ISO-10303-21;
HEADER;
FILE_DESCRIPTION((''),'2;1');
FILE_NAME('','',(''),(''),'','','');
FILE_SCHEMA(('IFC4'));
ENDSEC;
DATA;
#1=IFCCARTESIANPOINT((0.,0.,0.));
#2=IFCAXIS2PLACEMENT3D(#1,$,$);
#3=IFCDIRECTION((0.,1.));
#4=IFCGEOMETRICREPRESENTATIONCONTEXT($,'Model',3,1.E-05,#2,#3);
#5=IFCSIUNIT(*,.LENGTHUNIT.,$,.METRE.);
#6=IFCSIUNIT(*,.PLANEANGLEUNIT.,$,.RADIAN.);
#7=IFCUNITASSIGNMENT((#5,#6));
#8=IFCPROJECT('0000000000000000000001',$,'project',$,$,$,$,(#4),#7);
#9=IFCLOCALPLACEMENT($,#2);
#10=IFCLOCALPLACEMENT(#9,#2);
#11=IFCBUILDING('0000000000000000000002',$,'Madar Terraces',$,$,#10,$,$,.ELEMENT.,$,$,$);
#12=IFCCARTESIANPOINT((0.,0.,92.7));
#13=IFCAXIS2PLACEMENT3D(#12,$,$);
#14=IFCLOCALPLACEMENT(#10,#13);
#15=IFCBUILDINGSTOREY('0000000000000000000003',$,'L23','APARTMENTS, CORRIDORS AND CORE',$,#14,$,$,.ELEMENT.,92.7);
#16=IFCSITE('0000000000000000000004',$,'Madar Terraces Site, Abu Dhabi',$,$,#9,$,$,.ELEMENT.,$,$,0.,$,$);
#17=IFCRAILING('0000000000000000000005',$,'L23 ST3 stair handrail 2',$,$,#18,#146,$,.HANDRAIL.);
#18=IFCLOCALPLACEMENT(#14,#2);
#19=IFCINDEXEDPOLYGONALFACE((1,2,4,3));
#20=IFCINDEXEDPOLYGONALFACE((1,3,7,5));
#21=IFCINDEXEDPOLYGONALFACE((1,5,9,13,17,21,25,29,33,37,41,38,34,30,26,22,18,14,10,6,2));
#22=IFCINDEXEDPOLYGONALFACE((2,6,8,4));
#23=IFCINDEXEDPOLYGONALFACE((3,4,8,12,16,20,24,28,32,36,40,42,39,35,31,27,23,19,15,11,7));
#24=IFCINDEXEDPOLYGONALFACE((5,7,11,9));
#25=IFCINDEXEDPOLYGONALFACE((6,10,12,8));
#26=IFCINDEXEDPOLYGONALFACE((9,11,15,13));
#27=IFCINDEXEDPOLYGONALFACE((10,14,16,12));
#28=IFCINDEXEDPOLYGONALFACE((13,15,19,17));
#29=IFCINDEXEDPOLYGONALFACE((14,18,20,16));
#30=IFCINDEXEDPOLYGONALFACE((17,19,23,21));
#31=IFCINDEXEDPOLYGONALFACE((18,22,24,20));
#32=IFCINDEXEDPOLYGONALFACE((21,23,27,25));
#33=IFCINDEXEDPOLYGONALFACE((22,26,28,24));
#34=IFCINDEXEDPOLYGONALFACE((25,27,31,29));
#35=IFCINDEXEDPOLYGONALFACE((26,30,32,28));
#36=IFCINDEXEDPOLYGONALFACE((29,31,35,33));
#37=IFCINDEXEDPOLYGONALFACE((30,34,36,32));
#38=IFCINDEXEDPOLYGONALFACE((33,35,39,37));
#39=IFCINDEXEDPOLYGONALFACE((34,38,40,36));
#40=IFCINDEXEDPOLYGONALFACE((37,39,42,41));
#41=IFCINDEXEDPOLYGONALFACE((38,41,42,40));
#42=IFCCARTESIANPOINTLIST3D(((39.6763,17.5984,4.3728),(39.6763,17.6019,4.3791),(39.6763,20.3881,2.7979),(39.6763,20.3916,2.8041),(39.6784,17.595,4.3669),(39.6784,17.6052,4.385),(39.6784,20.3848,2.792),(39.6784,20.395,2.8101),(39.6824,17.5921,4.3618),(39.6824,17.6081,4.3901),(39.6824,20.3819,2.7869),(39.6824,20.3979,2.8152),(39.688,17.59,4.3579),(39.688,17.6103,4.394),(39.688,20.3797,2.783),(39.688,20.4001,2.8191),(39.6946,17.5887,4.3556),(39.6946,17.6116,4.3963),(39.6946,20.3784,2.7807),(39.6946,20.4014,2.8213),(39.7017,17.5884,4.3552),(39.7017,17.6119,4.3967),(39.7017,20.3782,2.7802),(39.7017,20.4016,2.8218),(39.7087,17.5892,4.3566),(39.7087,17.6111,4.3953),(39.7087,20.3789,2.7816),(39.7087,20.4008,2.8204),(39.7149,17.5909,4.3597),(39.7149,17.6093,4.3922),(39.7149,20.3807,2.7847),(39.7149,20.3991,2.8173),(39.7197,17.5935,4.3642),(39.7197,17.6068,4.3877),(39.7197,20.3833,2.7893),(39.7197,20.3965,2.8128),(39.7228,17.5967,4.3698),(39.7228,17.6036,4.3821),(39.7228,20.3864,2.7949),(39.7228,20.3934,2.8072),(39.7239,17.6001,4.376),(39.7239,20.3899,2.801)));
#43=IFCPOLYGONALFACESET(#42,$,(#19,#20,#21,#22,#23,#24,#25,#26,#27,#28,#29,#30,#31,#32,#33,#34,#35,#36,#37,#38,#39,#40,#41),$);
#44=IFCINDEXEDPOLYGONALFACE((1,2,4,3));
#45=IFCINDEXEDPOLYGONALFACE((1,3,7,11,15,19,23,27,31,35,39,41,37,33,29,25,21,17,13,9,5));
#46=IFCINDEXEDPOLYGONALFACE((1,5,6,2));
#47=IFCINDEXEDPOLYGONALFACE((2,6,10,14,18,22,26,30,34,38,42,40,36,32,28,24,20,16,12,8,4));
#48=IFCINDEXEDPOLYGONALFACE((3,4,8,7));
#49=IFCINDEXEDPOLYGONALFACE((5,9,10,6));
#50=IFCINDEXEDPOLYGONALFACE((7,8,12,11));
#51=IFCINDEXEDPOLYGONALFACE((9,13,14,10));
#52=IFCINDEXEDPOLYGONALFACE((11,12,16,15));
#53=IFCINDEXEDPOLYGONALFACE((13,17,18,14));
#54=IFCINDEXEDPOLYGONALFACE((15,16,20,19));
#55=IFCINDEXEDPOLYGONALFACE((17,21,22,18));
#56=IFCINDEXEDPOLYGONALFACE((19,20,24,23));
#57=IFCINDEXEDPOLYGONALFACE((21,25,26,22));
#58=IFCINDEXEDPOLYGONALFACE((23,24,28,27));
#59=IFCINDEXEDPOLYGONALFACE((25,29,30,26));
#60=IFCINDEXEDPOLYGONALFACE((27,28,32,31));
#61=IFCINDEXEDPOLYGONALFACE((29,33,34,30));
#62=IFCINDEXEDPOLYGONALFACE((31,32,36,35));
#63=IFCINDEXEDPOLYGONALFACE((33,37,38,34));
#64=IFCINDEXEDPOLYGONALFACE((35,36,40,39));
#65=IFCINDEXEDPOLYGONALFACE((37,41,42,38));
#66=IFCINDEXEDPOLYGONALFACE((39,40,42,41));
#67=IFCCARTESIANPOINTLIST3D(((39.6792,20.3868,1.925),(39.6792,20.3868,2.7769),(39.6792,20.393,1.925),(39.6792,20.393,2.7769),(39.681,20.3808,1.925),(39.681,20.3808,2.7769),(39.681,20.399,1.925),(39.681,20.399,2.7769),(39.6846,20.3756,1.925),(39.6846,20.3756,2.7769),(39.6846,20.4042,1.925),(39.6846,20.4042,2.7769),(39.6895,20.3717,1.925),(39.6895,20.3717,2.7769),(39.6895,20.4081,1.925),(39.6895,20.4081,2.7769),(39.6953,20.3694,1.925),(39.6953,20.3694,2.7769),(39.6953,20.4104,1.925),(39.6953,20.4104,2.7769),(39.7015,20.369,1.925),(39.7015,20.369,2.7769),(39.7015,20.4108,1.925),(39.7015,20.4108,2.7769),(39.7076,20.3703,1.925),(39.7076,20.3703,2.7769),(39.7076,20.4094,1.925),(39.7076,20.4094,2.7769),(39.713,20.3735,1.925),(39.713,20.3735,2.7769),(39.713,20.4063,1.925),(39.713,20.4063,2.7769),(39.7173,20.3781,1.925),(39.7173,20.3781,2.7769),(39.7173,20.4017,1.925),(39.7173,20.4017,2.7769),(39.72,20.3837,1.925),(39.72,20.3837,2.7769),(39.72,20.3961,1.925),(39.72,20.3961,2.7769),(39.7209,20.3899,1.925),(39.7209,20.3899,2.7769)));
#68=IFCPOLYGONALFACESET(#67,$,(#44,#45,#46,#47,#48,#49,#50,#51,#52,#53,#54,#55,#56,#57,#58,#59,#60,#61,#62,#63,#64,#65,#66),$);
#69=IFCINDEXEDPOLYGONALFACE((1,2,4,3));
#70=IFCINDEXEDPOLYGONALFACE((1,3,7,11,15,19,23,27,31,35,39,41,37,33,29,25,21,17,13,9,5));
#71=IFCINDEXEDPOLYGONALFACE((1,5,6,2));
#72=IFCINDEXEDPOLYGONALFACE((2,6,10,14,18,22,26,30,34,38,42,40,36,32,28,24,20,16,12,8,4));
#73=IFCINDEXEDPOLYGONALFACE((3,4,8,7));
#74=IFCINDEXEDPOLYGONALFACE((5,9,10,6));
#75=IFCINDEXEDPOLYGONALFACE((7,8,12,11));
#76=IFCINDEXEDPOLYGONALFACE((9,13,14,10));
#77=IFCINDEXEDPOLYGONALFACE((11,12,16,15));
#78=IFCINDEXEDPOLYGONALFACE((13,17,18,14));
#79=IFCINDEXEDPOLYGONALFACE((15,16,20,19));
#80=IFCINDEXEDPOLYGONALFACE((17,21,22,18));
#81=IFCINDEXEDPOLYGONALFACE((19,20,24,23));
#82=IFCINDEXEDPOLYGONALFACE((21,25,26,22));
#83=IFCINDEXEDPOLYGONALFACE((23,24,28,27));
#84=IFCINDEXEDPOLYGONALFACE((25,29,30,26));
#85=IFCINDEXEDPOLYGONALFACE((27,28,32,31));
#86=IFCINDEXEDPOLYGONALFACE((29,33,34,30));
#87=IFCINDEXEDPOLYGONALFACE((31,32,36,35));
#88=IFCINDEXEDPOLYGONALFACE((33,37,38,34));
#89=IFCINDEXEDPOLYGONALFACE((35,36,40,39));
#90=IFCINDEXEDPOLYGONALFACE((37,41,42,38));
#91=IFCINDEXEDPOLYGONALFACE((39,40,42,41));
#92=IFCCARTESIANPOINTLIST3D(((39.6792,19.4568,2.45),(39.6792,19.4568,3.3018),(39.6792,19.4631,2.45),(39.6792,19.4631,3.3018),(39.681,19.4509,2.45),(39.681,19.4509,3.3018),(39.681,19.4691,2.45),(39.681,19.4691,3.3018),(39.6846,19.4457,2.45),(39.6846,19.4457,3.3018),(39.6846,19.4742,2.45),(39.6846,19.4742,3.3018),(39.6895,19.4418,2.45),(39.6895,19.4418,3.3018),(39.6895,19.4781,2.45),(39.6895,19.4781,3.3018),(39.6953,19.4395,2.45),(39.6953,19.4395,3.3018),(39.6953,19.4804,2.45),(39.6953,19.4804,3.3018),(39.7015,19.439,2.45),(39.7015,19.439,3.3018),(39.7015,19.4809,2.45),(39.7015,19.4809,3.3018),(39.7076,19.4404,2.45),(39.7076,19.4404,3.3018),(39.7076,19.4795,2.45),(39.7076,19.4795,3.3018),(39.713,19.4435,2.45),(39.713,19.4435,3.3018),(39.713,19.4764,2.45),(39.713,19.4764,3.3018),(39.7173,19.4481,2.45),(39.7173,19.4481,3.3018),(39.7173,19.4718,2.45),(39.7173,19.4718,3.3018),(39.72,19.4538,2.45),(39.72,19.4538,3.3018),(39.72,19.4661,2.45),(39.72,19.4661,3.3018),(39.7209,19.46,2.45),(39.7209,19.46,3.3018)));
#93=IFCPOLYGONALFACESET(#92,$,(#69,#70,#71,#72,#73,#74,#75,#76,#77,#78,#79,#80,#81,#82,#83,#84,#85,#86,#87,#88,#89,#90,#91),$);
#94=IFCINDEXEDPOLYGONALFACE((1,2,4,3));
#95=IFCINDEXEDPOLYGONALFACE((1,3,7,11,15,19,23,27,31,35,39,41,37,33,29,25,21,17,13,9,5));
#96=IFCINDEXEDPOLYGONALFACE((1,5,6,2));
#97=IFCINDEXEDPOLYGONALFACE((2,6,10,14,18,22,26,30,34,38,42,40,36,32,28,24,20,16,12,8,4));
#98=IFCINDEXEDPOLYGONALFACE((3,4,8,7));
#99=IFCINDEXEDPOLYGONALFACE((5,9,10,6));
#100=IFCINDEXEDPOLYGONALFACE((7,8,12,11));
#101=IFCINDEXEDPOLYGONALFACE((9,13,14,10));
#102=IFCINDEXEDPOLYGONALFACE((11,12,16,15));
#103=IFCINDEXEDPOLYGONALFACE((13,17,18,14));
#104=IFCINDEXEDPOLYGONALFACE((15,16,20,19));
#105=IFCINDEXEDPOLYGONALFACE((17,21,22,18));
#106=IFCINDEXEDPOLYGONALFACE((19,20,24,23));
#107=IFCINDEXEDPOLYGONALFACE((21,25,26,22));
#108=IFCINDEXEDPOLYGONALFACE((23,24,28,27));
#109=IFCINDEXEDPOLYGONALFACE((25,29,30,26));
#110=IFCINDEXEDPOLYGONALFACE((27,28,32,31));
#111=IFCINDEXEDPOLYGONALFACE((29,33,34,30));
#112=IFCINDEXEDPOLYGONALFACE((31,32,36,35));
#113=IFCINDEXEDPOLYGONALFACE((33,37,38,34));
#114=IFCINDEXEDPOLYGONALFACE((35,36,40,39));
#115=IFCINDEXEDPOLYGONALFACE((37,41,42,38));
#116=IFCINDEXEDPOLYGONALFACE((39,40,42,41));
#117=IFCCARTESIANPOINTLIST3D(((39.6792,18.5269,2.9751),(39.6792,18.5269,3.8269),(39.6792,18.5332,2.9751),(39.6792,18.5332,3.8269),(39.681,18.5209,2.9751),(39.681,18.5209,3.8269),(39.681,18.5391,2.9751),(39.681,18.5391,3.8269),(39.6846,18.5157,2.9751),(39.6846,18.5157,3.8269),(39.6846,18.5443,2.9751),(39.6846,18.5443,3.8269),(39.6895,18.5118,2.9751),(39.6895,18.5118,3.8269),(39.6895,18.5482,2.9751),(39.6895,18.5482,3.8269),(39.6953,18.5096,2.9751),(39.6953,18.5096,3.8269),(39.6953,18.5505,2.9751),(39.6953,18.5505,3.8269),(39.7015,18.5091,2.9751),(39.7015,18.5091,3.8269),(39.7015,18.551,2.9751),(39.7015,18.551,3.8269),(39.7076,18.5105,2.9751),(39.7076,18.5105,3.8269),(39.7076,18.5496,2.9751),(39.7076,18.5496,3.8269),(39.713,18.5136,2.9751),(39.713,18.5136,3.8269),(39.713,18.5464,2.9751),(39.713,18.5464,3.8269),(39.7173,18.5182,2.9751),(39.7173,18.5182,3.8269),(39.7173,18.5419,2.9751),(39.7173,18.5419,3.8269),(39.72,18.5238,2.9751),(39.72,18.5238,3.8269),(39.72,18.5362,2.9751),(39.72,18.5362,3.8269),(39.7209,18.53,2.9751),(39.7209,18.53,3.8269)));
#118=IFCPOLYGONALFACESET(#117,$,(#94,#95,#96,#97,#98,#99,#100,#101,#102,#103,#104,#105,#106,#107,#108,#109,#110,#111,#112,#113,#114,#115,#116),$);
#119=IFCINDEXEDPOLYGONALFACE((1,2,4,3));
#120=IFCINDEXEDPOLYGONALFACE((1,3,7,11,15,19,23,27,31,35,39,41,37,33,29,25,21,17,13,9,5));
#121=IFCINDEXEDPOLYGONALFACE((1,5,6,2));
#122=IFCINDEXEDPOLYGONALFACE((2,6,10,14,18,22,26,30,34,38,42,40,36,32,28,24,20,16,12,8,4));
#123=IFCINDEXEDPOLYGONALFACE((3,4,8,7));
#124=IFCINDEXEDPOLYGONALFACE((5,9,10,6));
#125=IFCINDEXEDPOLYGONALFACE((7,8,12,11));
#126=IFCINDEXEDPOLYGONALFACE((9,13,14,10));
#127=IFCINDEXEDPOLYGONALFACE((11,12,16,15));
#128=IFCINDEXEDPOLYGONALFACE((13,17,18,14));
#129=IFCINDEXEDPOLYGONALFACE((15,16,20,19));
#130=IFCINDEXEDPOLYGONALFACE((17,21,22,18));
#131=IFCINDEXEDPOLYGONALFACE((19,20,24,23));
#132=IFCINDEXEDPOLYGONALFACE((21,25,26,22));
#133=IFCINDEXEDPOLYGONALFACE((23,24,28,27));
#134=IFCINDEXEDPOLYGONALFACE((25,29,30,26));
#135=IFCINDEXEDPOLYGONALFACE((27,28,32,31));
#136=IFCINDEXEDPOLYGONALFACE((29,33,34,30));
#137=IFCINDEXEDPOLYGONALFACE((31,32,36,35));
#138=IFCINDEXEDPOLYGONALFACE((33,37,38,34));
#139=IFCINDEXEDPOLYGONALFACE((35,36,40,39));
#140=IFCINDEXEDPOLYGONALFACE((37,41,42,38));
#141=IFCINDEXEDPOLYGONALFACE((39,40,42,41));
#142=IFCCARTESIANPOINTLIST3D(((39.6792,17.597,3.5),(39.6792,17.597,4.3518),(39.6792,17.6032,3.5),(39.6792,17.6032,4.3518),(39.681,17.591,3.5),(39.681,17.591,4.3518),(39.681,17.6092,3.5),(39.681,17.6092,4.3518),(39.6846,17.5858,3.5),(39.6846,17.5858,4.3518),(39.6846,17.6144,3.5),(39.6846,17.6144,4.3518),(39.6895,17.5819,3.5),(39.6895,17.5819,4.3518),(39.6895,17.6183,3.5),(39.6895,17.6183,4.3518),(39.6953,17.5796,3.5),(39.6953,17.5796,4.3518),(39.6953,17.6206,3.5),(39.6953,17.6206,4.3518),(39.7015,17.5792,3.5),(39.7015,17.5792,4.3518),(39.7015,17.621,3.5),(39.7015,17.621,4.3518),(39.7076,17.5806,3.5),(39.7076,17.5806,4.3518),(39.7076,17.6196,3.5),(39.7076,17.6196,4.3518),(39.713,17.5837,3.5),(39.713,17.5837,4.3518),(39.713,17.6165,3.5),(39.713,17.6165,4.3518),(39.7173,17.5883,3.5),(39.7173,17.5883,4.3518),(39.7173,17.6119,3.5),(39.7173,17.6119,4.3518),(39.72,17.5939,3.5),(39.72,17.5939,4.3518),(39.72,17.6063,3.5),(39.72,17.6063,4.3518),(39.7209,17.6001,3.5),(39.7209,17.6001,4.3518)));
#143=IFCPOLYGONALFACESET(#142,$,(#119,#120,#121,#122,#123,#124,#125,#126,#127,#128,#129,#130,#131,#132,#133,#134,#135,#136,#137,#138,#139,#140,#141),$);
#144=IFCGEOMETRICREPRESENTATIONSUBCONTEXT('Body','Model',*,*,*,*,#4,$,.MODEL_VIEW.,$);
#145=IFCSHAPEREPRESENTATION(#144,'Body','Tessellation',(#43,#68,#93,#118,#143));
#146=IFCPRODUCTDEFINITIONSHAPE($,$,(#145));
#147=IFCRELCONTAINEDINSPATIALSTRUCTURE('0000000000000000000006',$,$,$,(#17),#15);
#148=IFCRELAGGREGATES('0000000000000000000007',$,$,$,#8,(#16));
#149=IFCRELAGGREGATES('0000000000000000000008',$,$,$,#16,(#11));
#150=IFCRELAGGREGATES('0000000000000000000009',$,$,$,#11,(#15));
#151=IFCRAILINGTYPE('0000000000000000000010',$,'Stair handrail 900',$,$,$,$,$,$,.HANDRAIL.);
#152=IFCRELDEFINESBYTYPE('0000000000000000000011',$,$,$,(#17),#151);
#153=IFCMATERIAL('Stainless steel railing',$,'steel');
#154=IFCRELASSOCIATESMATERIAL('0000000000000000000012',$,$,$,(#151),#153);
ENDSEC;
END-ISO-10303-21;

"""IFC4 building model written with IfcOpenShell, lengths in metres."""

from ifc_helpers import new_model, si_unit, direction, frame, origin, origin_2d, place, context, subcontext, project, spatial, circle, extrude, material, type_object, element, save


model = new_model("IFC4")

# Units and contexts
model_context = context("Model", 3, precision=1e-05, world=origin(), true_north=direction((0.0, 1.0)))
body_context = subcontext(model_context, "Body", "Model", "MODEL_VIEW")
ifc_project = project(units=[si_unit("LENGTHUNIT", "METRE"), si_unit("PLANEANGLEUNIT", "RADIAN")], contexts=[model_context])

# Site, building, storey
site_placement = place(None, origin())
site = spatial("IfcSite", under=ifc_project, at=site_placement, Name="Madar Terraces Site, Abu Dhabi", CompositionType="ELEMENT", RefElevation=0.0)
building_placement = place(site_placement, origin())
building = spatial("IfcBuilding", under=site, at=building_placement, Name="Madar Terraces", CompositionType="ELEMENT")
storey_placement = place(building_placement, frame((0.0, 0.0, 92.7)))
storey = spatial("IfcBuildingStorey", under=building, at=storey_placement, Name="L23", Description="APARTMENTS, CORRIDORS AND CORE", CompositionType="ELEMENT", Elevation=92.7)

# Railing
ifc_material_1 = material(Name="Stainless steel railing", Category="steel")
railing_type_1 = type_object("IfcRailingType", Name="Stair handrail 900", PredefinedType="HANDRAIL", material=ifc_material_1)
railing_1_placement = place(storey_placement, frame((39.7, 20.3899, 1.925)))
element("IfcRailing", 1, at=railing_1_placement, inside=storey, type_object=railing_type_1, Name="L23 ST3 stair handrail 2", PredefinedType="HANDRAIL", context=body_context, shape_type="SweptSolid", body=[
    extrude(circle(Radius=0.0239, at=origin_2d()), frame((0.0, 0.0, 0.876), z_axis=(0.0, -0.870815, 0.49161), x_axis=(1.0, 0.0, 0.0)), (0.0, 0.0, 1.0), 3.2036),
    extrude(circle(Radius=0.021, at=origin_2d()), origin(), (0.0, 0.0, 1.0), 0.8518),
    extrude(circle(Radius=0.021, at=origin_2d()), frame((0.0, -0.9299, 0.5249)), (0.0, 0.0, 1.0), 0.8518),
    extrude(circle(Radius=0.021, at=origin_2d()), frame((0.0, -1.8599, 1.05)), (0.0, 0.0, 1.0), 0.8518),
    extrude(circle(Radius=0.021, at=origin_2d()), frame((0.0, -2.7898, 1.575)), (0.0, 0.0, 1.0), 0.8518),
])

save(model, "model.ifc")
